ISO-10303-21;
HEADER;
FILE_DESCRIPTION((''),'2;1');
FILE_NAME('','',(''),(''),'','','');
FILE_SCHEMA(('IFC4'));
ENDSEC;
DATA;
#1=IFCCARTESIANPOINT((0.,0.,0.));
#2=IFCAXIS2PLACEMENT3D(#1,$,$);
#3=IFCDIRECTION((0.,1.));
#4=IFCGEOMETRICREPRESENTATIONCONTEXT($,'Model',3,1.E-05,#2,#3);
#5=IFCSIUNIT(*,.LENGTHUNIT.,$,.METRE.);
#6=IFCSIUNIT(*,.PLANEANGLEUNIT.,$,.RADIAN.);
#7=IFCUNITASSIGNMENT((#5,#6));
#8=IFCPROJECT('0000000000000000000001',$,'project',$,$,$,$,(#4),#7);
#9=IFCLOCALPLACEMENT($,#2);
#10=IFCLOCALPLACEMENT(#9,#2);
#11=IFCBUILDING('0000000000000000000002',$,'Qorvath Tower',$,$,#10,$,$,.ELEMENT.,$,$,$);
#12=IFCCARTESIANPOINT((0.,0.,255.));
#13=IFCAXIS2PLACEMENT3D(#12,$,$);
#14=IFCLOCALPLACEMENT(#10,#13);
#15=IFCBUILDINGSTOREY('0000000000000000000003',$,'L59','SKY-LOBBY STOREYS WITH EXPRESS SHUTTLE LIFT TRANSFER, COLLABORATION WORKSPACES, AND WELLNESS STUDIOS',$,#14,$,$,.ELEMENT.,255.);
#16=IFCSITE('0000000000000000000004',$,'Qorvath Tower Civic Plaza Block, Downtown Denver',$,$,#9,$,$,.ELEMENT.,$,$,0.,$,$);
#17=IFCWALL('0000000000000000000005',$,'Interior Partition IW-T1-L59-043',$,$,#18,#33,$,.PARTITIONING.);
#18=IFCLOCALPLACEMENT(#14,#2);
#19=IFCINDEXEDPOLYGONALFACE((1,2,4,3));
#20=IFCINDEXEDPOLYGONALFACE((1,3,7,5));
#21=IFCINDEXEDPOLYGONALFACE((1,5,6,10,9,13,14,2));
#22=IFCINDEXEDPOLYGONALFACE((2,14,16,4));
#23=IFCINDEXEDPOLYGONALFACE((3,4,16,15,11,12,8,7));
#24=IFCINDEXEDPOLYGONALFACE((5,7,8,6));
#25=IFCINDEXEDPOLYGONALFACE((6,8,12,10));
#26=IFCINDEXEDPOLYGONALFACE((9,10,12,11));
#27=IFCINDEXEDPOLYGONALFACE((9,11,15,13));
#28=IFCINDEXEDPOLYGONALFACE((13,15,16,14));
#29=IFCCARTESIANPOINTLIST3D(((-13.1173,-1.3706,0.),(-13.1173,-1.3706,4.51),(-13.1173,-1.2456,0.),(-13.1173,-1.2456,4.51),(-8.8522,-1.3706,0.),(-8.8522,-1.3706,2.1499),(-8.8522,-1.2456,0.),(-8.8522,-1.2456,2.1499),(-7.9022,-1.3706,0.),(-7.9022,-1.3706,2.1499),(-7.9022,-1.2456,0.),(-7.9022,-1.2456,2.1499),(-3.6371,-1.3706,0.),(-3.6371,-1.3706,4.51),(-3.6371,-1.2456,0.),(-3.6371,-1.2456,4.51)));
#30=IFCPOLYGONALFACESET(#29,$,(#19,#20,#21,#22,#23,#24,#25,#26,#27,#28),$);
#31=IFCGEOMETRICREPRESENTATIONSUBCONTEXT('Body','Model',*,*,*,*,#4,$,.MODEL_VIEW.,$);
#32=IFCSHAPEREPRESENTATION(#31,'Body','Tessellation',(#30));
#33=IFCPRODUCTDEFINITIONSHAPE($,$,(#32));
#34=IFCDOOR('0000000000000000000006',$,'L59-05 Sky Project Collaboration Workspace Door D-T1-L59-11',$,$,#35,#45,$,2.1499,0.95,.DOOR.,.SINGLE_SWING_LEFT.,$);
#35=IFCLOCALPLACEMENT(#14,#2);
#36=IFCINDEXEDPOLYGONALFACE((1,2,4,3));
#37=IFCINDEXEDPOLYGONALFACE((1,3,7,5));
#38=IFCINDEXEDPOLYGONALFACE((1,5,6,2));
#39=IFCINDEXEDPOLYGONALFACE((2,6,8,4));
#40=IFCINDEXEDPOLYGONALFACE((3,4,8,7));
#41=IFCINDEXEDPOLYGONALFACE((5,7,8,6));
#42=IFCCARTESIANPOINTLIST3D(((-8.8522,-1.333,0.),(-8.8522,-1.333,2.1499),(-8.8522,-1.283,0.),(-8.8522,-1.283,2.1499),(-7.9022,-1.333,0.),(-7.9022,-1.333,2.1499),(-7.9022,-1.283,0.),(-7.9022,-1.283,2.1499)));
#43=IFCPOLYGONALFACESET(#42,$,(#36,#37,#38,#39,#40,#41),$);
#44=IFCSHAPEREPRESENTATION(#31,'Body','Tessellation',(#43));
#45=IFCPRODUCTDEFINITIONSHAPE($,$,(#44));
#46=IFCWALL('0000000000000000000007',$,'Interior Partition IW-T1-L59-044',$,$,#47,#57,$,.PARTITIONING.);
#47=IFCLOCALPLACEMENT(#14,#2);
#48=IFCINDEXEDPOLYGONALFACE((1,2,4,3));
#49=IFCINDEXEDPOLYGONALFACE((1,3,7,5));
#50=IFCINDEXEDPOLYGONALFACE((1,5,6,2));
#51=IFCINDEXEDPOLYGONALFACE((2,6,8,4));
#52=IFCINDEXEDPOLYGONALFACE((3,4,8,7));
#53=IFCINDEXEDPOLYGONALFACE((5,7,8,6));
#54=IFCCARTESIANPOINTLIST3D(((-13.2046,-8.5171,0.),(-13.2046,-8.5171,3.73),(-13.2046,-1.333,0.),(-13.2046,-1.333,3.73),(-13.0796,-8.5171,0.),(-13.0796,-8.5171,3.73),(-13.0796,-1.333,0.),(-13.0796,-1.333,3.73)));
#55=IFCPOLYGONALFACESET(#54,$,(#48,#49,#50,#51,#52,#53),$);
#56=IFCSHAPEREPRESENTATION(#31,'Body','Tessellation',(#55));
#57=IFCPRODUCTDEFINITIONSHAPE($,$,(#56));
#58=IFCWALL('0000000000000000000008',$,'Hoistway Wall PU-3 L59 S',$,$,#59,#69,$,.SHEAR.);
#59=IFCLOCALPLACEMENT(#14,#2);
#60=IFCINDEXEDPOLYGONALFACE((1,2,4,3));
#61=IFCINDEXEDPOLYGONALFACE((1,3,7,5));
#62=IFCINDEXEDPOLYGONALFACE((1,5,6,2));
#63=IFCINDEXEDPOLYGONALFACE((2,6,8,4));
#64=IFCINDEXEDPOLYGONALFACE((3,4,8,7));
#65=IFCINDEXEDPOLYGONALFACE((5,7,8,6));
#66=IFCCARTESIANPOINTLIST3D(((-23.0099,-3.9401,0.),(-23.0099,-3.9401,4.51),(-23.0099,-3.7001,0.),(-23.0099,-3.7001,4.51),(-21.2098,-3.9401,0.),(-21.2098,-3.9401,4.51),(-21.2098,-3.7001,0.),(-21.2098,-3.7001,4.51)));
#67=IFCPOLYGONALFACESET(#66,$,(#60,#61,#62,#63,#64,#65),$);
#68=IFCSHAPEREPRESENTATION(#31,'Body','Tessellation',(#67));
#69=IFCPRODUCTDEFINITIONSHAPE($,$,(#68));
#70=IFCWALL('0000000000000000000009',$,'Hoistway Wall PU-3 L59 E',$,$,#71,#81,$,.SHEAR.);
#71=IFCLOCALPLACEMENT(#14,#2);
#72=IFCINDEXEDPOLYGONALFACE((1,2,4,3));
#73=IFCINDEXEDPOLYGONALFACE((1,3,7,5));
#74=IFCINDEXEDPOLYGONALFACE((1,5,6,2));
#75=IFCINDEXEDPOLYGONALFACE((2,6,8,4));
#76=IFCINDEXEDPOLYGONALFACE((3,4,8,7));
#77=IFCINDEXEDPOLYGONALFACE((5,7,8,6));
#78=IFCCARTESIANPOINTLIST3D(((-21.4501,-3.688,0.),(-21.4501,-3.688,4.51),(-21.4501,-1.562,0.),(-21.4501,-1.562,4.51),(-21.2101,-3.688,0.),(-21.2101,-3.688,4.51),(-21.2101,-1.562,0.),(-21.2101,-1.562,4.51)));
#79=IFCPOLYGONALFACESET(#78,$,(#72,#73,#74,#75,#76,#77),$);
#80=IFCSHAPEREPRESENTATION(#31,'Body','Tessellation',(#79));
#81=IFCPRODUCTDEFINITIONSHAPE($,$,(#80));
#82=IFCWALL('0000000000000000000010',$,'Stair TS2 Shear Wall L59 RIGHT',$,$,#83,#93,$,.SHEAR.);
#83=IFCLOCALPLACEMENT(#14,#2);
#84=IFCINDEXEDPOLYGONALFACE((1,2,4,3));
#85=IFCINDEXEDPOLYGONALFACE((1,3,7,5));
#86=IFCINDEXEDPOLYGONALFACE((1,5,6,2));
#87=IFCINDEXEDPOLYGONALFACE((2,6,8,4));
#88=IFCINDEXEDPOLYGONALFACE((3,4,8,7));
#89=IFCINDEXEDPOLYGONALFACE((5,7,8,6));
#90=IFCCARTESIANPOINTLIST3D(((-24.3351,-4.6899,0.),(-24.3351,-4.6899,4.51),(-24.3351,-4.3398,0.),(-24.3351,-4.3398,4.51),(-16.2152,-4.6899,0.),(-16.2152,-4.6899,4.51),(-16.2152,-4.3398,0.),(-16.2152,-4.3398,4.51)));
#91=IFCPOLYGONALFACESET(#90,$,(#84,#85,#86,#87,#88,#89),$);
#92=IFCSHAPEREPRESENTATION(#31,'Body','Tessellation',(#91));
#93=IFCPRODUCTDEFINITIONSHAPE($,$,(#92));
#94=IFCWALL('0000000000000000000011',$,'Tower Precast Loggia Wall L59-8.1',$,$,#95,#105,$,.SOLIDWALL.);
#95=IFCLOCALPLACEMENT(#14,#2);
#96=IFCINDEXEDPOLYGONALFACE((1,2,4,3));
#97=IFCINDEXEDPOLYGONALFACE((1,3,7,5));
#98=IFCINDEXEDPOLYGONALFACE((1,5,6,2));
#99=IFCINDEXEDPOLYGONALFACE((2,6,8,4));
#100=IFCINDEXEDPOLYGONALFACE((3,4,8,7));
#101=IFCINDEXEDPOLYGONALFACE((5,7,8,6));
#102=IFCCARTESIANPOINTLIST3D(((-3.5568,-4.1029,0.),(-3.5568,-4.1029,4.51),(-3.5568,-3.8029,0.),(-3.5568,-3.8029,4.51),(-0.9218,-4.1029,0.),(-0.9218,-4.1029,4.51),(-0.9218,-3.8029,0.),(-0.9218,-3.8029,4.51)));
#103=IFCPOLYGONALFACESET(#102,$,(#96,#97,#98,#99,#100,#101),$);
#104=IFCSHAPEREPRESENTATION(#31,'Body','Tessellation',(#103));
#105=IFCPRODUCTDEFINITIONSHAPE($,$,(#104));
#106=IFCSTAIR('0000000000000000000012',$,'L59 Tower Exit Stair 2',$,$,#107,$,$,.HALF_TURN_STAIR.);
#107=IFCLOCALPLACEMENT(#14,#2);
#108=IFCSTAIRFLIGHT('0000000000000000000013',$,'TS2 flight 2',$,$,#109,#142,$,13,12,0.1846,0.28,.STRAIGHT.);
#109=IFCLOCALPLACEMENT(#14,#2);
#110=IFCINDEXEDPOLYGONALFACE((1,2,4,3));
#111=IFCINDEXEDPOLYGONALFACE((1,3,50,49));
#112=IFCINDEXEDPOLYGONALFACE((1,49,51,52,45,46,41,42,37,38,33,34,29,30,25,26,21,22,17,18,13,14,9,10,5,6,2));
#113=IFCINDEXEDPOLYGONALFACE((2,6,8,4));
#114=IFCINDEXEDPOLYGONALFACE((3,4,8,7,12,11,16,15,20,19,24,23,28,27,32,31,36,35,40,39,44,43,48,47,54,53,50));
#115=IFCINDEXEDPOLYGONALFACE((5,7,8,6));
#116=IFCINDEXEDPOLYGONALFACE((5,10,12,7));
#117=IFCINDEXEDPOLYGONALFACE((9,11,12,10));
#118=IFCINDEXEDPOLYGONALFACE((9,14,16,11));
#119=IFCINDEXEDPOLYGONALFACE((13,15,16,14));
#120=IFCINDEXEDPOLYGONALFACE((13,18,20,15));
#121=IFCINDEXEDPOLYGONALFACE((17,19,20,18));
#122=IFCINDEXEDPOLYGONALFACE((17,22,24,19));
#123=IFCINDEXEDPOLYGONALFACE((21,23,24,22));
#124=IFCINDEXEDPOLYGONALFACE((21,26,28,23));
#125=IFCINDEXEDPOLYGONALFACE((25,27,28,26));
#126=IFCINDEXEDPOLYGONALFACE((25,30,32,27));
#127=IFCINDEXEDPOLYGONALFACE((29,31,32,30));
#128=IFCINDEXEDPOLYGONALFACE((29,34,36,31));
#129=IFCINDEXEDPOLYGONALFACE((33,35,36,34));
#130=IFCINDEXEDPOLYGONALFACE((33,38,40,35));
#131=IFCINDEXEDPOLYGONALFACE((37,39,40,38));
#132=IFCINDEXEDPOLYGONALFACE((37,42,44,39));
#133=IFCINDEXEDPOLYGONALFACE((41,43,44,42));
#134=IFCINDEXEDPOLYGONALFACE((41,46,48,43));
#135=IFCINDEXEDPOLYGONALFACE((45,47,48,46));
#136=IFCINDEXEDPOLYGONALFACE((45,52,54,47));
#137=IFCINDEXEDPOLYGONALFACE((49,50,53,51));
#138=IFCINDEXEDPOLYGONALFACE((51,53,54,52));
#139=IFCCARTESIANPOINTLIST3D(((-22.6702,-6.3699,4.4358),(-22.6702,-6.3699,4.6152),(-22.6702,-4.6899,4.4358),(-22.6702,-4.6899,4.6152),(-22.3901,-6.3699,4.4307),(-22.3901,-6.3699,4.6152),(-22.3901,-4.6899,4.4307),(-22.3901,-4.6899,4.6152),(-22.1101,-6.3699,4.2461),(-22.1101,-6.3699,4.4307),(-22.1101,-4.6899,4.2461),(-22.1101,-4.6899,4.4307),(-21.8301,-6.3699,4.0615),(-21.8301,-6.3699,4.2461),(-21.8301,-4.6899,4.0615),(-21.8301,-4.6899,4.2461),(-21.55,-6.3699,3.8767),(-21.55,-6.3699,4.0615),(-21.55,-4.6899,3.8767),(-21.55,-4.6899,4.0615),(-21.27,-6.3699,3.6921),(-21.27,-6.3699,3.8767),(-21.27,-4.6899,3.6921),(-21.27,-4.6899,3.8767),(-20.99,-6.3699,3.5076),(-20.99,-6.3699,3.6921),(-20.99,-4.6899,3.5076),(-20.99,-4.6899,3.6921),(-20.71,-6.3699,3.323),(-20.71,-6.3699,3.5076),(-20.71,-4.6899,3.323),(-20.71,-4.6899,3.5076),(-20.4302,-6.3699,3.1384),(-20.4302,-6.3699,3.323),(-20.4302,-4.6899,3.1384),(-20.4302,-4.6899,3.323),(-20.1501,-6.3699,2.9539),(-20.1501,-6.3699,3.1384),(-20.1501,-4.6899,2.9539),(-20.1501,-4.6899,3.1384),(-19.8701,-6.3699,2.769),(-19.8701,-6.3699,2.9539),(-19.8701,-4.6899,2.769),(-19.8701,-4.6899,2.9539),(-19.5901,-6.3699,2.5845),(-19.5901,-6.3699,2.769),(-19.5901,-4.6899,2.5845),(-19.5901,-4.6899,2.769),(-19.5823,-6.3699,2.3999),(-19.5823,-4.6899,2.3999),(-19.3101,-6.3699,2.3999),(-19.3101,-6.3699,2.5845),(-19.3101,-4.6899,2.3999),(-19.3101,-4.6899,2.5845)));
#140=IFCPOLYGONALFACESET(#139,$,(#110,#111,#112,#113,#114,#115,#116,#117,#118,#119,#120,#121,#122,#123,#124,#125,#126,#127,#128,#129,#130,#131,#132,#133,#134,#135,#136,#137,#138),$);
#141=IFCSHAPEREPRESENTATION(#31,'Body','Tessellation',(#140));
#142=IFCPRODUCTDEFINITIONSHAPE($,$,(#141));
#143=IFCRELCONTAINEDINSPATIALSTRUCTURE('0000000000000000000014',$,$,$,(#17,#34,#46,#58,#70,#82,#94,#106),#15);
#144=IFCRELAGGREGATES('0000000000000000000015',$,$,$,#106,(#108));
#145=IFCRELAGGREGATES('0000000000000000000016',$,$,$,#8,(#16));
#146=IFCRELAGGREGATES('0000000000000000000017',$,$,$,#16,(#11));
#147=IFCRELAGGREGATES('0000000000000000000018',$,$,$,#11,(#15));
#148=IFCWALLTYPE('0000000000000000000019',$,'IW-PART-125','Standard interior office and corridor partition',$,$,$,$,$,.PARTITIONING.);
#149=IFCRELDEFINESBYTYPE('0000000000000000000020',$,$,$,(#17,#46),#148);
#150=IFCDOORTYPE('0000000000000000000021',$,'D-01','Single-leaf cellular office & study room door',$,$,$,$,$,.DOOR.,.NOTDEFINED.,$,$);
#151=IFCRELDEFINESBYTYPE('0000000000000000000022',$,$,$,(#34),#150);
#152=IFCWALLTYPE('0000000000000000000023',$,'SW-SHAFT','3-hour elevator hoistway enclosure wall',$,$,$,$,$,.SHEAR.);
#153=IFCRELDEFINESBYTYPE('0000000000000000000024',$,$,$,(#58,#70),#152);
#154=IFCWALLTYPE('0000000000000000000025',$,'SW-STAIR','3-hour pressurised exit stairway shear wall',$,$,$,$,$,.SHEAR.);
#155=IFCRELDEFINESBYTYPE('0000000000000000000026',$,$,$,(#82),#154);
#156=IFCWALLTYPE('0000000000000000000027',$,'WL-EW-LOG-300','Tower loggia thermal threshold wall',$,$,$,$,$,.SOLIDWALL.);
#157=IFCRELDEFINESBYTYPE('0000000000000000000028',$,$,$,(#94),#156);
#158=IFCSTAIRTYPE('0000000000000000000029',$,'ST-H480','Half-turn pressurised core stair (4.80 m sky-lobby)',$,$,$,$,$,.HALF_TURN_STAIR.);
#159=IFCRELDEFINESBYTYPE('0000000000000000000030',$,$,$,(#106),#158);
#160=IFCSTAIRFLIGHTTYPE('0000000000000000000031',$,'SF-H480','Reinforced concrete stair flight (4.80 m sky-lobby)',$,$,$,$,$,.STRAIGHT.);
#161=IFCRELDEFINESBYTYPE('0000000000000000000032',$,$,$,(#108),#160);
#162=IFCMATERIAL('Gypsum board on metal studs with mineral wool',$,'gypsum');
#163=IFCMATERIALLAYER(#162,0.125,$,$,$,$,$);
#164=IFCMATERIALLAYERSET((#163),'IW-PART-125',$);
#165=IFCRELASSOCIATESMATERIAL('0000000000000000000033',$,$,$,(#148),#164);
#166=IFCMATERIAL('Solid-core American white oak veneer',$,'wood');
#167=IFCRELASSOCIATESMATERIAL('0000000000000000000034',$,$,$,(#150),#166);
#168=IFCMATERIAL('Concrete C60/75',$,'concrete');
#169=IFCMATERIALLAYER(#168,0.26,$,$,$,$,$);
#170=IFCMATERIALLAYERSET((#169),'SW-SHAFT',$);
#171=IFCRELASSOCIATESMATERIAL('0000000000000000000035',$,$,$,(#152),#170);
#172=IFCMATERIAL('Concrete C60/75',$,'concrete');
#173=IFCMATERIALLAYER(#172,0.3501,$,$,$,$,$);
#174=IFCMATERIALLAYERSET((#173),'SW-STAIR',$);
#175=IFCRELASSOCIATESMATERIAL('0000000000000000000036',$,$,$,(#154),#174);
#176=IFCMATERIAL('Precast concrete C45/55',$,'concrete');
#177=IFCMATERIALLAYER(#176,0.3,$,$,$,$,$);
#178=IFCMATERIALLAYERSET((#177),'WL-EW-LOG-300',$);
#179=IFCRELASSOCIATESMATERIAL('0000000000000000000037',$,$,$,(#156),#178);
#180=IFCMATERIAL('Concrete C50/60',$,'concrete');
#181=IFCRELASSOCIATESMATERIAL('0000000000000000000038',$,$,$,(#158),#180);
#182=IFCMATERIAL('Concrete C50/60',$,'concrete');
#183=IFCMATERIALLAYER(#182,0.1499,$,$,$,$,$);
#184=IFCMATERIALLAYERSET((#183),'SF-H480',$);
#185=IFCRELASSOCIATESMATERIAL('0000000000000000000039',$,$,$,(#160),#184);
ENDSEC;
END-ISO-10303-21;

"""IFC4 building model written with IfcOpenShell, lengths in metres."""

from ifc_helpers import new_model, si_unit, direction, frame, frame_2d, origin, place, context, subcontext, project, spatial, polyline, rectangle, outline, extrude, material, layer, layer_set, type_object, element, fill, aggregate, save


model = new_model("IFC4")

# Units and contexts
model_context = context("Model", 3, precision=1e-05, world=origin(), true_north=direction((0.0, 1.0)))
body_context = subcontext(model_context, "Body", "Model", "MODEL_VIEW")
ifc_project = project(units=[si_unit("LENGTHUNIT", "METRE"), si_unit("PLANEANGLEUNIT", "RADIAN")], contexts=[model_context])

# Site, building, storey
site_placement = place(None, origin())
site = spatial("IfcSite", under=ifc_project, at=site_placement, Name="Qorvath Tower Civic Plaza Block, Downtown Denver", CompositionType="ELEMENT", RefElevation=0.0)
building_placement = place(site_placement, origin())
building = spatial("IfcBuilding", under=site, at=building_placement, Name="Qorvath Tower", CompositionType="ELEMENT")
storey_placement = place(building_placement, frame((0.0, 0.0, 255.0)))
storey = spatial("IfcBuildingStorey", under=building, at=storey_placement, Name="L59", Description="SKY-LOBBY STOREYS WITH EXPRESS SHUTTLE LIFT TRANSFER, COLLABORATION WORKSPACES, AND WELLNESS STUDIOS", CompositionType="ELEMENT", Elevation=255.0)

# Shared definitions
ifc_material_1 = material(Name="Gypsum board on metal studs with mineral wool", Category="gypsum")
ifc_layer_1 = layer(ifc_material_1, 0.125)
ifc_layer_set_1 = layer_set([ifc_layer_1], Name="IW-PART-125")
wall_type_1 = type_object("IfcWallType", Name="IW-PART-125", Description="Standard interior office and corridor partition", PredefinedType="PARTITIONING", material=ifc_layer_set_1)

# Wall, opening, door
ifc_material_2 = material(Name="Solid-core American white oak veneer", Category="wood")
door_type = type_object("IfcDoorType", Name="D-01", Description="Single-leaf cellular office & study room door", OperationType="NOTDEFINED", PredefinedType="DOOR", material=ifc_material_2)
wall_1_placement = place(storey_placement, frame((-3.637, -1.3081, 0.0), z_axis=(0.0, 0.0, 1.0), x_axis=(-1.0, 0.0, 0.0)))
wall_1 = element("IfcWall", 1, at=wall_1_placement, inside=storey, type_object=wall_type_1, Name="Interior Partition IW-T1-L59-043", PredefinedType="PARTITIONING", context=body_context, shape_type="SweptSolid", body=[
    extrude(rectangle(XDim=9.4802, YDim=0.125, at=frame_2d((4.7402, 0.0))), origin(), (0.0, 0.0, 1.0), 4.51),
])
opening_1_placement = place(wall_1_placement, frame((4.2651, 0.0, 0.0)))
opening_1 = element("IfcOpeningElement", 2, at=opening_1_placement, cuts=wall_1, PredefinedType="OPENING", context=body_context, shape_type="SweptSolid", body=[
    extrude(rectangle(XDim=0.95, YDim=2.1499, at=frame_2d((0.4751, 1.075))), frame((0.0, 0.0725, 0.0), z_axis=(0.0, -1.0, 0.0), x_axis=(1.0, 0.0, 0.0)), (0.0, 0.0, 1.0), 0.145),
])
door_1_placement = place(opening_1_placement, origin())
door_1 = element("IfcDoor", 3, at=door_1_placement, inside=storey, type_object=door_type, Name="L59-05 Sky Project Collaboration Workspace Door D-T1-L59-11", OperationType="SINGLE_SWING_LEFT", OverallHeight=2.1499, OverallWidth=0.95, PredefinedType="DOOR", context=body_context, shape_type="SweptSolid", body=[
    extrude(rectangle(XDim=0.95, YDim=2.1499, at=frame_2d((0.4751, 1.075))), frame((0.0, 0.0249, 0.0), z_axis=(0.0, -1.0, 0.0), x_axis=(1.0, 0.0, 0.0)), (0.0, 0.0, 1.0), 0.05),
])
fill(opening_1, door_1)

# Walls
wall_2_placement = place(storey_placement, frame((-13.1421, -1.333, 0.0), z_axis=(0.0, 0.0, 1.0), x_axis=(0.0, -1.0, 0.0)))
element("IfcWall", 4, at=wall_2_placement, inside=storey, type_object=wall_type_1, Name="Interior Partition IW-T1-L59-044", PredefinedType="PARTITIONING", context=body_context, shape_type="SweptSolid", body=[
    extrude(rectangle(XDim=7.1841, YDim=0.125, at=frame_2d((3.592, 0.0))), origin(), (0.0, 0.0, 1.0), 3.73),
])
ifc_material_3 = material(Name="Concrete C60/75", Category="concrete")
ifc_layer_2 = layer(ifc_material_3, 0.26)
ifc_layer_set_2 = layer_set([ifc_layer_2], Name="SW-SHAFT")
wall_type_2 = type_object("IfcWallType", Name="SW-SHAFT", Description="3-hour elevator hoistway enclosure wall", PredefinedType="SHEAR", material=ifc_layer_set_2)
wall_3_placement = place(storey_placement, frame((-21.21, -3.8201, 0.0), z_axis=(0.0, 0.0, 1.0), x_axis=(-1.0, 0.0, 0.0)))
element("IfcWall", 5, at=wall_3_placement, inside=storey, type_object=wall_type_2, Name="Hoistway Wall PU-3 L59 S", PredefinedType="SHEAR", context=body_context, shape_type="SweptSolid", body=[
    extrude(rectangle(XDim=1.8, YDim=0.24, at=frame_2d((0.8999, 0.0))), origin(), (0.0, 0.0, 1.0), 4.51),
])
wall_4_placement = place(storey_placement, frame((-21.3301, -1.562, 0.0), z_axis=(0.0, 0.0, 1.0), x_axis=(0.0, -1.0, 0.0)))
element("IfcWall", 6, at=wall_4_placement, inside=storey, type_object=wall_type_2, Name="Hoistway Wall PU-3 L59 E", PredefinedType="SHEAR", context=body_context, shape_type="SweptSolid", body=[
    extrude(rectangle(XDim=2.126, YDim=0.24, at=frame_2d((1.063, 0.0))), origin(), (0.0, 0.0, 1.0), 4.51),
])
ifc_material_4 = material(Name="Concrete C60/75", Category="concrete")
ifc_layer_3 = layer(ifc_material_4, 0.3501)
ifc_layer_set_3 = layer_set([ifc_layer_3], Name="SW-STAIR")
wall_type_3 = type_object("IfcWallType", Name="SW-STAIR", Description="3-hour pressurised exit stairway shear wall", PredefinedType="SHEAR", material=ifc_layer_set_3)
wall_5_placement = place(storey_placement, frame((-16.2151, -4.5149, 0.0), z_axis=(0.0, 0.0, 1.0), x_axis=(-1.0, 0.0, 0.0)))
element("IfcWall", 7, at=wall_5_placement, inside=storey, type_object=wall_type_3, Name="Stair TS2 Shear Wall L59 RIGHT", PredefinedType="SHEAR", context=body_context, shape_type="SweptSolid", body=[
    extrude(rectangle(XDim=8.1199, YDim=0.3501, at=frame_2d((4.0601, 0.0))), origin(), (0.0, 0.0, 1.0), 4.51),
])
ifc_material_5 = material(Name="Precast concrete C45/55", Category="concrete")
ifc_layer_4 = layer(ifc_material_5, 0.3)
ifc_layer_set_4 = layer_set([ifc_layer_4], Name="WL-EW-LOG-300")
wall_type_4 = type_object("IfcWallType", Name="WL-EW-LOG-300", Description="Tower loggia thermal threshold wall", PredefinedType="SOLIDWALL", material=ifc_layer_set_4)
wall_6_placement = place(storey_placement, frame((-0.9219, -3.9529, 0.0), z_axis=(0.0, 0.0, 1.0), x_axis=(-1.0, 0.0, 0.0)))
element("IfcWall", 8, at=wall_6_placement, inside=storey, type_object=wall_type_4, Name="Tower Precast Loggia Wall L59-8.1", PredefinedType="SOLIDWALL", context=body_context, shape_type="SweptSolid", body=[
    extrude(rectangle(XDim=2.635, YDim=0.3, at=frame_2d((1.3174, 0.0))), origin(), (0.0, 0.0, 1.0), 4.51),
])

# Stair, stair flight
ifc_material_6 = material(Name="Concrete C50/60", Category="concrete")
stair_type = type_object("IfcStairType", Name="ST-H480", Description="Half-turn pressurised core stair (4.80 m sky-lobby)", PredefinedType="HALF_TURN_STAIR", material=ifc_material_6)
stair_placement = place(storey_placement, origin())
stair = element("IfcStair", 9, at=stair_placement, inside=storey, type_object=stair_type, Name="L59 Tower Exit Stair 2", PredefinedType="HALF_TURN_STAIR")
ifc_material_7 = material(Name="Concrete C50/60", Category="concrete")
ifc_layer_5 = layer(ifc_material_7, 0.1499)
ifc_layer_set_5 = layer_set([ifc_layer_5], Name="SF-H480")
stair_flight_type = type_object("IfcStairFlightType", Name="SF-H480", Description="Reinforced concrete stair flight (4.80 m sky-lobby)", PredefinedType="STRAIGHT", material=ifc_layer_set_5)
stair_flight_placement = place(storey_placement, frame((-19.3101, -5.53, 2.3999), z_axis=(0.0, 0.0, 1.0), x_axis=(-1.0, 0.0, 0.0)))
stair_flight = element("IfcStairFlight", 10, at=stair_flight_placement, type_object=stair_flight_type, Name="TS2 flight 2", NumberOfRisers=13, NumberOfTreads=12, PredefinedType="STRAIGHT", RiserHeight=0.1846, TreadLength=0.28, context=body_context, shape_type="SweptSolid", body=[
    extrude(outline(polyline([(0.0, 0.0), (0.0, 0.1846), (0.28, 0.1846), (0.28, 0.3691), (0.5601, 0.3691), (0.5601, 0.554), (0.8401, 0.554), (0.8401, 0.7385), (1.1201, 0.7385), (1.1201, 0.9231), (1.3999, 0.9231), (1.3999, 1.1077), (1.6799, 1.1077), (1.6799, 1.2922), (1.96, 1.2922), (1.96, 1.4768), (2.24, 1.4768), (2.24, 1.6616), (2.52, 1.6616), (2.52, 1.8462), (2.8, 1.8462), (2.8, 2.0308), (3.0801, 2.0308), (3.0801, 2.2153), (3.3601, 2.2153), (3.3601, 2.3999), (3.3601, 2.0359), (0.2722, 0.0), (0.0, 0.0)])), frame((0.0, 0.8398, 0.0), z_axis=(0.0, -1.0, 0.0), x_axis=(1.0, 0.0, 0.0)), (0.0, 0.0, 1.0), 1.6799),
])
aggregate(stair, [stair_flight])

save(model, "model.ifc")
